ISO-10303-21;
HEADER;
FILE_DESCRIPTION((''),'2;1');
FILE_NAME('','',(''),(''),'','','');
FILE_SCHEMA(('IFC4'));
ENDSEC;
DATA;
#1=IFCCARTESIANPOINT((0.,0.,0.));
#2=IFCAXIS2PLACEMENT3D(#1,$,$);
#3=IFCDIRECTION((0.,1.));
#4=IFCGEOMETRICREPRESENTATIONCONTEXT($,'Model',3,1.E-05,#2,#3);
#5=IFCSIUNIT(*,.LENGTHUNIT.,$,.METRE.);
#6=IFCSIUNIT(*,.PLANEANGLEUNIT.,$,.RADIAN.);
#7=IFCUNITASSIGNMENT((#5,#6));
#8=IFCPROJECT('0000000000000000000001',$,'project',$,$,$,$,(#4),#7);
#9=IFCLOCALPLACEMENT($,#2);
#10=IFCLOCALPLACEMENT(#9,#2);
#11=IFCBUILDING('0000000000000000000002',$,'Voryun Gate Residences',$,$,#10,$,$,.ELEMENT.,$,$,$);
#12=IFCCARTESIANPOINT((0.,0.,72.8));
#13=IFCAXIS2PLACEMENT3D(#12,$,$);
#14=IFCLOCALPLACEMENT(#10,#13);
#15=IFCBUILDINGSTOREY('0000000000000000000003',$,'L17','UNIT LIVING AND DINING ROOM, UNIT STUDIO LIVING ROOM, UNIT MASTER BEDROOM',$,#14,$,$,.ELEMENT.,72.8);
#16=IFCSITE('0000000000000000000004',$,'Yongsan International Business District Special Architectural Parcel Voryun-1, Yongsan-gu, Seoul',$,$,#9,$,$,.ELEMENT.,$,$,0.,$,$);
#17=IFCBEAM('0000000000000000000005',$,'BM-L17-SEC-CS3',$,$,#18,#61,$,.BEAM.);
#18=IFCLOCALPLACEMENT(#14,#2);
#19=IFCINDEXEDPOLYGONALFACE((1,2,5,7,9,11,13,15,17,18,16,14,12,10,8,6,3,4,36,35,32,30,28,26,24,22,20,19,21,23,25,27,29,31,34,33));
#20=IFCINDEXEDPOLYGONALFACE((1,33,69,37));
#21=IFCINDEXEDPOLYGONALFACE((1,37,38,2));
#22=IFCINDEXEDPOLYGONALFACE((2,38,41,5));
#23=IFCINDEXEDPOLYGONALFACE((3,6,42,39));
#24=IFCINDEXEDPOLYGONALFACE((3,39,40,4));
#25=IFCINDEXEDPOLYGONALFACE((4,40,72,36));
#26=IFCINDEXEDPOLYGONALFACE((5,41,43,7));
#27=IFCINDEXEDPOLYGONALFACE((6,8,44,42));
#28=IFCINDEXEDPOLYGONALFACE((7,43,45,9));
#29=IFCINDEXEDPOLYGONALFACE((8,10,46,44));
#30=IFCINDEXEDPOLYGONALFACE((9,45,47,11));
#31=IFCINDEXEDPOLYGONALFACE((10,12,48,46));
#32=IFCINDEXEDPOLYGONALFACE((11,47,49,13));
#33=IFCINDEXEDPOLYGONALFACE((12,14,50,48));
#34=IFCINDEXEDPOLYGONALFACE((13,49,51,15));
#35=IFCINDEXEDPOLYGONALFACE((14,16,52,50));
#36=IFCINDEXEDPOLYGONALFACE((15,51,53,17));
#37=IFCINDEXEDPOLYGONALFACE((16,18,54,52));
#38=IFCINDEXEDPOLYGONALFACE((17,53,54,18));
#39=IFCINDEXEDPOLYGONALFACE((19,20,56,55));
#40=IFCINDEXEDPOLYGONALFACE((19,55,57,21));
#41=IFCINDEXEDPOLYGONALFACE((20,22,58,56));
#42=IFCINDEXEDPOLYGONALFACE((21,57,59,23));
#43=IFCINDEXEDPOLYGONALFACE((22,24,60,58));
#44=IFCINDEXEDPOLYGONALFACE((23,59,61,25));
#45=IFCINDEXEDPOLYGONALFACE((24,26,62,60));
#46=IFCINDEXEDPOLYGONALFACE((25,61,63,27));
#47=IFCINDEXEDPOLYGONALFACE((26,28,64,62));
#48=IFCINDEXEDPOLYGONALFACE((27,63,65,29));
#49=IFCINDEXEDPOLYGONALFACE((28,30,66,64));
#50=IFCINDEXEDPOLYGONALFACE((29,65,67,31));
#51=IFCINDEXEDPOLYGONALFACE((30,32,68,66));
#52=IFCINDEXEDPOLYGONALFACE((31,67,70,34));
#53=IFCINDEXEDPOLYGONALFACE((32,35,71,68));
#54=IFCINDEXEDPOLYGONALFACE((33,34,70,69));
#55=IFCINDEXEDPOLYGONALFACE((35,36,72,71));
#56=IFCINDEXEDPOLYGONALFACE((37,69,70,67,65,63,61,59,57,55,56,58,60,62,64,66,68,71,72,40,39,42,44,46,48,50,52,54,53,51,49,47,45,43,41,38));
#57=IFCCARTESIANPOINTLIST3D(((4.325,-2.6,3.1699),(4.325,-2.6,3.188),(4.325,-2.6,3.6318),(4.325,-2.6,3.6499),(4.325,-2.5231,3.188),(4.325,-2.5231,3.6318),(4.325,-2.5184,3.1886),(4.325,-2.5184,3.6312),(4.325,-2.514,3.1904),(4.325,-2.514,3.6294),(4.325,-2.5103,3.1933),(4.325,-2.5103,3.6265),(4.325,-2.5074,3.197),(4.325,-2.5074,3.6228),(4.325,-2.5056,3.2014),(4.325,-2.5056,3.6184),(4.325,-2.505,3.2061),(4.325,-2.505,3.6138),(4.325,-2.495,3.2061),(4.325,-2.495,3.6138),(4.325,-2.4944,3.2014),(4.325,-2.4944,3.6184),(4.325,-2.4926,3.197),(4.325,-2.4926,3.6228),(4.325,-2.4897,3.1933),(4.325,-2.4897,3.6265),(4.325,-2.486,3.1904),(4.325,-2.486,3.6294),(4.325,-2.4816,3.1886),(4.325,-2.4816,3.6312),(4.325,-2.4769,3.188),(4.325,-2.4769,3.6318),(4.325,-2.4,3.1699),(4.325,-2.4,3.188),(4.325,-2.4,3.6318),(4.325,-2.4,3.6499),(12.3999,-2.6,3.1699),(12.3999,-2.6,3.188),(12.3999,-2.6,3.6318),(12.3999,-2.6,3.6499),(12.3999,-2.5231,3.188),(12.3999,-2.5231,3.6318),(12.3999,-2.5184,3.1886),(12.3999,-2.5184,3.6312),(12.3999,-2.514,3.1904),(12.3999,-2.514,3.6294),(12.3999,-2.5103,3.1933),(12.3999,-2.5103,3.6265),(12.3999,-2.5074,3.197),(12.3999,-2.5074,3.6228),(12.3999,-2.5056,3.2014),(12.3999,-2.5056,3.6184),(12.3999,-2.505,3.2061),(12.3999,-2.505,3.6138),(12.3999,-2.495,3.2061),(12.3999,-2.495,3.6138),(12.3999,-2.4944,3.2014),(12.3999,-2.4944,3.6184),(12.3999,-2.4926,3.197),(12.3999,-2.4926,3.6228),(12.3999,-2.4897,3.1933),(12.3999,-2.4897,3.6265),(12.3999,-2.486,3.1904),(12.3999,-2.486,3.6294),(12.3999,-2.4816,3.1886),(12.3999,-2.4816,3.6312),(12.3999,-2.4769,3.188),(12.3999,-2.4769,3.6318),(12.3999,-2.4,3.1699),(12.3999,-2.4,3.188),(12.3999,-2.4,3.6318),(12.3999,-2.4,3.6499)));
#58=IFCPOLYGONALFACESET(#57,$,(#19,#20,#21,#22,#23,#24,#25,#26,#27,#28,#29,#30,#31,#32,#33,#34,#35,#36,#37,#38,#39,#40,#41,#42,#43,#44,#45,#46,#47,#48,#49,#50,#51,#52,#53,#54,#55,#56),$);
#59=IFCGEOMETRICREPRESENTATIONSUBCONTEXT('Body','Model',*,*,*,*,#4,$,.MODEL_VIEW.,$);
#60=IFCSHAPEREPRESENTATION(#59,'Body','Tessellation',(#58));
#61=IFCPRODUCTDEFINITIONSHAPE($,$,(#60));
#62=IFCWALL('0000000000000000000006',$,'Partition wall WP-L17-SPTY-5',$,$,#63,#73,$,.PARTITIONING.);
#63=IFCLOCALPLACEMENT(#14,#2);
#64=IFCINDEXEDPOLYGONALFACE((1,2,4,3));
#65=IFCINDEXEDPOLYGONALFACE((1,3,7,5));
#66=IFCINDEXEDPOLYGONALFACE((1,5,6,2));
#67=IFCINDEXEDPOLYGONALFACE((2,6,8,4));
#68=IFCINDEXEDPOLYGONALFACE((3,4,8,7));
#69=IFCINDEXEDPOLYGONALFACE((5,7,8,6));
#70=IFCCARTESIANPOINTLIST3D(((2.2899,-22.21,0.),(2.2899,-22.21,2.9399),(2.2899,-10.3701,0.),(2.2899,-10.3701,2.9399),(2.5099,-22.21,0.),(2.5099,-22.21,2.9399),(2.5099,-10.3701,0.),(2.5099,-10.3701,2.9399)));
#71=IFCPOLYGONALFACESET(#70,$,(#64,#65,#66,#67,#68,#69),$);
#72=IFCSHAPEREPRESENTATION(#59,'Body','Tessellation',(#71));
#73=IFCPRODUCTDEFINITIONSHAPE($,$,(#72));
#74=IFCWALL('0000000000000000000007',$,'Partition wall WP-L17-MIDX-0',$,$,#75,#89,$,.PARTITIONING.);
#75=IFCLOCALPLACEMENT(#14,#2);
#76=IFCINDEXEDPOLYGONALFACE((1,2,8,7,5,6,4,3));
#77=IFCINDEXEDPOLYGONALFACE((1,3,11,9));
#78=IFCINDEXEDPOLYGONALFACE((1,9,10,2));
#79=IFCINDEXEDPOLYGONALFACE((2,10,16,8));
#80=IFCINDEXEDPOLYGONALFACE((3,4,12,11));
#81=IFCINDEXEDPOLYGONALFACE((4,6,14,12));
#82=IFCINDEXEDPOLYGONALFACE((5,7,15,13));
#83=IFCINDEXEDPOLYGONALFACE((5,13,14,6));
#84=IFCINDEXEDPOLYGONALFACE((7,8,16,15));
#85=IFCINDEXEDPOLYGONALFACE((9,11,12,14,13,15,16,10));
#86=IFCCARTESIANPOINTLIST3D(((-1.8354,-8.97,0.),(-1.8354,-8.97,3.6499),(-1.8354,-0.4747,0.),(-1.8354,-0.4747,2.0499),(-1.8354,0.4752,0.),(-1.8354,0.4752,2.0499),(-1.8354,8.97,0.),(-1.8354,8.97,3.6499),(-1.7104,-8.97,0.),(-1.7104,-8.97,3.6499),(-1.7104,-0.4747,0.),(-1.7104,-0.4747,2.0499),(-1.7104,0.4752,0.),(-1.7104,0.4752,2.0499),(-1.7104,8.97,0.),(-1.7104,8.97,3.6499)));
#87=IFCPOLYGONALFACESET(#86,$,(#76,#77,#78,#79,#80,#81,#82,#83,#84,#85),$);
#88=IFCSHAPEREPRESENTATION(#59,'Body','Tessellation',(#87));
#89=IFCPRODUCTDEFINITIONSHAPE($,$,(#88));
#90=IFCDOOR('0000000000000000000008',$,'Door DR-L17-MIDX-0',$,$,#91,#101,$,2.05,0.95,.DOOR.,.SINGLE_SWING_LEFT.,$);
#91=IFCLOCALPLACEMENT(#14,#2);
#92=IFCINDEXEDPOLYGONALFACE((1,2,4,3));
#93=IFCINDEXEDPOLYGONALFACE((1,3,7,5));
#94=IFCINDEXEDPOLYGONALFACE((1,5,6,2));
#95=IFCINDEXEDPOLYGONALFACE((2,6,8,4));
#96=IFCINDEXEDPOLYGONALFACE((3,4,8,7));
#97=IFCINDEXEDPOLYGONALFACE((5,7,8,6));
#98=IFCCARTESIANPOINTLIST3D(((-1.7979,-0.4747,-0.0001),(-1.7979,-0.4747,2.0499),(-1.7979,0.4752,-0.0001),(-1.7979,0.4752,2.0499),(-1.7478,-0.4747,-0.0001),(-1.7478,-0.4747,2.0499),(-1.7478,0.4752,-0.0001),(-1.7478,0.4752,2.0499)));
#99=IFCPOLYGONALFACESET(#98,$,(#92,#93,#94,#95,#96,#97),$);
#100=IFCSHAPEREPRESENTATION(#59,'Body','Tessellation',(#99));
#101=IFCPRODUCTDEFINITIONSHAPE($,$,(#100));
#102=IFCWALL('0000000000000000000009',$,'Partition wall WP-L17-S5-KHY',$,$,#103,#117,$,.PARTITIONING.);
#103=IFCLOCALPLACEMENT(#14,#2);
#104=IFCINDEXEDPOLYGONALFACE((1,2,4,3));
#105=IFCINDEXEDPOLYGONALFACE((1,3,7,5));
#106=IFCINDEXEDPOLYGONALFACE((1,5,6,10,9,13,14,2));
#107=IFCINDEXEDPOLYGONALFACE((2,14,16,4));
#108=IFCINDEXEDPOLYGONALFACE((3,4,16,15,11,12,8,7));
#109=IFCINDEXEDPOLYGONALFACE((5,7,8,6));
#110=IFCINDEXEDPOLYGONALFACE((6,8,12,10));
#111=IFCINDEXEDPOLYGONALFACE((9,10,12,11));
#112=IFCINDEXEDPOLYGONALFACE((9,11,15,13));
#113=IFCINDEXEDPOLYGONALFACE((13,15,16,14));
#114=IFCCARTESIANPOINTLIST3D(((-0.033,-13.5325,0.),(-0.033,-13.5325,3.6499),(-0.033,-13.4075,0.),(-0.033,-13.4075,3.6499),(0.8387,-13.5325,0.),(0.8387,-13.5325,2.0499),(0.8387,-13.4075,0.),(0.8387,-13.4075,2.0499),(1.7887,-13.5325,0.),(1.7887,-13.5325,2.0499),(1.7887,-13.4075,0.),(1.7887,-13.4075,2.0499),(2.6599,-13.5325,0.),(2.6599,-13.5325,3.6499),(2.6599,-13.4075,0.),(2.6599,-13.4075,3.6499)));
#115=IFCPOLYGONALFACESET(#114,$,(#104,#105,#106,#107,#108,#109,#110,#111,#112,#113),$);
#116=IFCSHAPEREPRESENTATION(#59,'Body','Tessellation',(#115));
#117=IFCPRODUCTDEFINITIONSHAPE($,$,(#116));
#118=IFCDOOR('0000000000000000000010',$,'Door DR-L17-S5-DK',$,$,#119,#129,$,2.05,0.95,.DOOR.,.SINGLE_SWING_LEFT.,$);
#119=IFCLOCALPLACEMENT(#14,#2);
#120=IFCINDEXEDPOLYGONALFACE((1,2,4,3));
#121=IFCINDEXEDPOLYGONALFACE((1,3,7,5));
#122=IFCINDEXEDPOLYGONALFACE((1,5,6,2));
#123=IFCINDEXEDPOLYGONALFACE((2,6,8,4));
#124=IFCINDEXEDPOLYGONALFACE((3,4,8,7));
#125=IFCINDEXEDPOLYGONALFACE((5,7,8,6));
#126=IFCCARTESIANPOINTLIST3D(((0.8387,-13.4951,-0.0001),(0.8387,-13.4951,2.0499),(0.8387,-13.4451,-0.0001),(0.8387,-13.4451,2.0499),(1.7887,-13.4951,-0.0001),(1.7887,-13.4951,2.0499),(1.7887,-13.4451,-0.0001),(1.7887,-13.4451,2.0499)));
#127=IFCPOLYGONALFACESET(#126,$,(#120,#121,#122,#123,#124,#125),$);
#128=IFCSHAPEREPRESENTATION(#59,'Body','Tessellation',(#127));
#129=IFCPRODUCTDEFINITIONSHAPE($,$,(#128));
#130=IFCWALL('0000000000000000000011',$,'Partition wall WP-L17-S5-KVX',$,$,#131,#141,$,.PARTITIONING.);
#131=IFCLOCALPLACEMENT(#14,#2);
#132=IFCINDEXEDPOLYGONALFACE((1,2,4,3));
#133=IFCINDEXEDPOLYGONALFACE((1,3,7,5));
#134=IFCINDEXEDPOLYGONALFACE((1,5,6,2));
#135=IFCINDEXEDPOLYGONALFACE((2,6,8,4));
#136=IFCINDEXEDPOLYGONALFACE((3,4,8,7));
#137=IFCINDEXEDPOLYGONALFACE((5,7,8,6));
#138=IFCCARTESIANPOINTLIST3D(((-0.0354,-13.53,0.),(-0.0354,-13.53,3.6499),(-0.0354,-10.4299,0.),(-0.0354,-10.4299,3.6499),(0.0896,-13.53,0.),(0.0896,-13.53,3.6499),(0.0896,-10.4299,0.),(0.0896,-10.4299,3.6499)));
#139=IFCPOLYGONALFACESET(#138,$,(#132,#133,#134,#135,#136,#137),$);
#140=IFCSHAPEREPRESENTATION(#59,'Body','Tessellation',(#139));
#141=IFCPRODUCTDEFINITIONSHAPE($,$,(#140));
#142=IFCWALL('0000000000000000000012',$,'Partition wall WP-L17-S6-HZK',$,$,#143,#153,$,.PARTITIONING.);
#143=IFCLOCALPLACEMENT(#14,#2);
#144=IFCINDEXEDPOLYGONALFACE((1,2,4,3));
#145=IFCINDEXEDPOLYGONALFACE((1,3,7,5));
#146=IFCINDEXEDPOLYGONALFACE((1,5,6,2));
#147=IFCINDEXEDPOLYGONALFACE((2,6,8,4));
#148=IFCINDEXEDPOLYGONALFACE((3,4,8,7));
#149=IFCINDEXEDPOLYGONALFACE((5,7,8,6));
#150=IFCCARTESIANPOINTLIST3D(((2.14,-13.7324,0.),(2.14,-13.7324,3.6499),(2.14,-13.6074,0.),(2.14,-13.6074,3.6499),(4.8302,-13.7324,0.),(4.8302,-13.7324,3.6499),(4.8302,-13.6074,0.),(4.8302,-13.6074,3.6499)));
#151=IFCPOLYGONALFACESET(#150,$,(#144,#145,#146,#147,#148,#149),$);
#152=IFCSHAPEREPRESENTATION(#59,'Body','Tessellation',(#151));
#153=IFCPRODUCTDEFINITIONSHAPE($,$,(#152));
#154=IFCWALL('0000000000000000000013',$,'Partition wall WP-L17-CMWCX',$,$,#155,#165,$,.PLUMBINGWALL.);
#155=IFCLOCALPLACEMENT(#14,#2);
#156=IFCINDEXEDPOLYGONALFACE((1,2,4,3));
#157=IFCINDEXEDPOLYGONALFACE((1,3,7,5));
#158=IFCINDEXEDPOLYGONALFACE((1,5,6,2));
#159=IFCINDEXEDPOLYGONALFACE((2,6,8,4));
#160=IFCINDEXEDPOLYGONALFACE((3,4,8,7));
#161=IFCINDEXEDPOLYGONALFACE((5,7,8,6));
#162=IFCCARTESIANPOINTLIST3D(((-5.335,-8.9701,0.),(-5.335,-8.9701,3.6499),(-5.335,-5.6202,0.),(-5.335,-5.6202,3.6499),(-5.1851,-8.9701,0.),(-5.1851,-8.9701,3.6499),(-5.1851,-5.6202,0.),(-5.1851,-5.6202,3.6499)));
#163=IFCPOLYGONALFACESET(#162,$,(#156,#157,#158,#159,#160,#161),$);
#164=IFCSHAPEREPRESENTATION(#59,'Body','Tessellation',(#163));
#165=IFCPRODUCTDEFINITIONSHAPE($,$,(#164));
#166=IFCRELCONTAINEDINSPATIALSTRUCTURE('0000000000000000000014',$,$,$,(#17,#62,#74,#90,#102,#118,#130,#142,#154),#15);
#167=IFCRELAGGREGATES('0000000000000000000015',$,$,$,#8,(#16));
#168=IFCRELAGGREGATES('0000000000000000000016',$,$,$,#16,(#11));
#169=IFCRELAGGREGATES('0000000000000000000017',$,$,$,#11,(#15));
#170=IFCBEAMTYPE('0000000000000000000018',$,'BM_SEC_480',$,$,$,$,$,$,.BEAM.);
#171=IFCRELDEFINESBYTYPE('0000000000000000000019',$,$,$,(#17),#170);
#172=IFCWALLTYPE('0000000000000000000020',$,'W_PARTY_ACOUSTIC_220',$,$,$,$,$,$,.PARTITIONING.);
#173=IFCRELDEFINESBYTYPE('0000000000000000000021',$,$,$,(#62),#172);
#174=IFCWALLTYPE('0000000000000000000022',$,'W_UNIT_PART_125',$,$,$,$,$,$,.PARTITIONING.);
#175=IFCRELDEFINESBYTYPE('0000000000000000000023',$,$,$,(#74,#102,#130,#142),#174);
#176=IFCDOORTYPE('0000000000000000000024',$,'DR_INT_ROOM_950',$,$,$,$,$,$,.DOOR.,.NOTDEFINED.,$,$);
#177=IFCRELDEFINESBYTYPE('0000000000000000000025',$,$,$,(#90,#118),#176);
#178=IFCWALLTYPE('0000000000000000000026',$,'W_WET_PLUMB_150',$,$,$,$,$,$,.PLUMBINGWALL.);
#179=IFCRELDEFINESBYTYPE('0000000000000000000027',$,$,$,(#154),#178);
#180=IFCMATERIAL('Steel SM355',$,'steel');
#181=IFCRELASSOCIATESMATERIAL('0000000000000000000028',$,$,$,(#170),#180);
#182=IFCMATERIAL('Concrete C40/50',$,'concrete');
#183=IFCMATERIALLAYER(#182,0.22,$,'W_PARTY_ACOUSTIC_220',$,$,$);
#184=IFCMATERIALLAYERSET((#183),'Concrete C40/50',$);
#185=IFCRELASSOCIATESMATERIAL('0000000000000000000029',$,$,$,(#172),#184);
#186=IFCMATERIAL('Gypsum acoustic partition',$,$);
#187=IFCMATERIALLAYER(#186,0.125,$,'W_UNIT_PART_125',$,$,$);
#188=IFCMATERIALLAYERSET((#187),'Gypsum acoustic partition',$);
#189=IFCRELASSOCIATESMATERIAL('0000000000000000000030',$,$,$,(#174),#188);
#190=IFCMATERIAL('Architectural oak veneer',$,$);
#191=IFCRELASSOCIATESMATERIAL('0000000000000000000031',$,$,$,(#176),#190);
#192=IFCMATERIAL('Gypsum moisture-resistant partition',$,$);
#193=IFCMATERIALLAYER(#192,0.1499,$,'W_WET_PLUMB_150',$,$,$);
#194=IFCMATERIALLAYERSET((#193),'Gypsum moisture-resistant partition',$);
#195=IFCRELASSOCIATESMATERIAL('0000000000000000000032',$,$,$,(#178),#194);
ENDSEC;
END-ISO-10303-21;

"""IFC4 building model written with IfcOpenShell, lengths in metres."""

from ifc_helpers import new_model, si_unit, direction, frame, frame_2d, origin, origin_2d, place, context, subcontext, project, spatial, rectangle, i_section, extrude, material, layer, layer_set, material_profile, profile_set, type_object, element, fill, save


model = new_model("IFC4")

# Units and contexts
model_context = context("Model", 3, precision=1e-05, world=origin(), true_north=direction((0.0, 1.0)))
body_context = subcontext(model_context, "Body", "Model", "MODEL_VIEW")
ifc_project = project(units=[si_unit("LENGTHUNIT", "METRE"), si_unit("PLANEANGLEUNIT", "RADIAN")], contexts=[model_context])

# Site, building, storey
site_placement = place(None, origin())
site = spatial("IfcSite", under=ifc_project, at=site_placement, Name="Yongsan International Business District Special Architectural Parcel Voryun-1, Yongsan-gu, Seoul", CompositionType="ELEMENT", RefElevation=0.0)
building_placement = place(site_placement, origin())
building = spatial("IfcBuilding", under=site, at=building_placement, Name="Voryun Gate Residences", CompositionType="ELEMENT")
storey_placement = place(building_placement, frame((0.0, 0.0, 72.8)))
storey = spatial("IfcBuildingStorey", under=building, at=storey_placement, Name="L17", Description="UNIT LIVING AND DINING ROOM, UNIT STUDIO LIVING ROOM, UNIT MASTER BEDROOM", CompositionType="ELEMENT", Elevation=72.8)

# Beam
ifc_material_1 = material(Name="Steel SM355", Category="steel")
ifc_material_profile_1 = material_profile(ifc_material_1, i_section(OverallWidth=0.2, OverallDepth=0.48, WebThickness=0.01, FlangeThickness=0.0181, FilletRadius=0.0181, at=origin_2d()), Name="H-480x200x10x18")
ifc_profile_set_1 = profile_set([ifc_material_profile_1], Name="Steel SM355")
beam_type_1 = type_object("IfcBeamType", Name="BM_SEC_480", PredefinedType="BEAM", material=ifc_profile_set_1)
beam_1_placement = place(storey_placement, frame((4.325, -2.5, 3.4099), z_axis=(1.0, 0.0, 0.0), x_axis=(0.0, 1.0, 0.0)))
element("IfcBeam", 1, at=beam_1_placement, inside=storey, type_object=beam_type_1, Name="BM-L17-SEC-CS3", PredefinedType="BEAM", context=body_context, shape_type="SweptSolid", body=[
    extrude(i_section(OverallWidth=0.2, OverallDepth=0.48, WebThickness=0.01, FlangeThickness=0.0181, FilletRadius=0.0181, at=origin_2d()), origin(), (0.0, 0.0, 1.0), 8.075),
])

# Wall
ifc_material_2 = material(Name="Concrete C40/50", Category="concrete")
ifc_layer_1 = layer(ifc_material_2, 0.22, Name="W_PARTY_ACOUSTIC_220")
ifc_layer_set_1 = layer_set([ifc_layer_1], Name="Concrete C40/50")
wall_type_1 = type_object("IfcWallType", Name="W_PARTY_ACOUSTIC_220", PredefinedType="PARTITIONING", material=ifc_layer_set_1)
wall_1_placement = place(storey_placement, frame((2.3999, -22.21, 0.0), z_axis=(0.0, 0.0, 1.0), x_axis=(0.0, 1.0, 0.0)))
element("IfcWall", 2, at=wall_1_placement, inside=storey, type_object=wall_type_1, Name="Partition wall WP-L17-SPTY-5", PredefinedType="PARTITIONING", context=body_context, shape_type="SweptSolid", body=[
    extrude(rectangle(XDim=11.8398, YDim=0.22, at=frame_2d((5.9199, 0.0))), origin(), (0.0, 0.0, 1.0), 2.9399),
])

# Walls, openings, doors
ifc_material_3 = material(Name="Gypsum acoustic partition")
ifc_layer_2 = layer(ifc_material_3, 0.125, Name="W_UNIT_PART_125")
ifc_layer_set_2 = layer_set([ifc_layer_2], Name="Gypsum acoustic partition")
wall_type_2 = type_object("IfcWallType", Name="W_UNIT_PART_125", PredefinedType="PARTITIONING", material=ifc_layer_set_2)
wall_2_placement = place(storey_placement, frame((-1.7729, -8.97, 0.0), z_axis=(0.0, 0.0, 1.0), x_axis=(0.0, 1.0, 0.0)))
wall_2 = element("IfcWall", 3, at=wall_2_placement, inside=storey, type_object=wall_type_2, Name="Partition wall WP-L17-MIDX-0", PredefinedType="PARTITIONING", context=body_context, shape_type="SweptSolid", body=[
    extrude(rectangle(XDim=17.9399, YDim=0.125, at=frame_2d((8.97, 0.0))), origin(), (0.0, 0.0, 1.0), 3.6499),
])
opening_1_placement = place(wall_2_placement, frame((8.4951, 0.0, 0.0)))
opening_1 = element("IfcOpeningElement", 4, at=opening_1_placement, cuts=wall_2, PredefinedType="OPENING", context=body_context, shape_type="SweptSolid", body=[
    extrude(rectangle(XDim=0.95, YDim=2.05, at=frame_2d((0.4751, 1.0249))), frame((0.0, 0.0725, 0.0), z_axis=(0.0, -1.0, 0.0), x_axis=(1.0, 0.0, 0.0)), (0.0, 0.0, 1.0), 0.145),
])
ifc_material_4 = material(Name="Architectural oak veneer")
door_type_1 = type_object("IfcDoorType", Name="DR_INT_ROOM_950", OperationType="NOTDEFINED", PredefinedType="DOOR", material=ifc_material_4)
door_1_placement = place(opening_1_placement, origin())
door_1 = element("IfcDoor", 5, at=door_1_placement, inside=storey, type_object=door_type_1, Name="Door DR-L17-MIDX-0", OperationType="SINGLE_SWING_LEFT", OverallHeight=2.05, OverallWidth=0.95, PredefinedType="DOOR", context=body_context, shape_type="SweptSolid", body=[
    extrude(rectangle(XDim=0.95, YDim=2.05, at=frame_2d((0.4751, 1.0249))), frame((0.0, 0.0249, 0.0), z_axis=(0.0, -1.0, 0.0), x_axis=(1.0, 0.0, 0.0)), (0.0, 0.0, 1.0), 0.05),
])
fill(opening_1, door_1)
wall_3_placement = place(storey_placement, frame((-0.033, -13.47, 0.0), z_axis=(0.0, 0.0, 1.0), x_axis=(1.0, 0.0, 0.0)))
wall_3 = element("IfcWall", 6, at=wall_3_placement, inside=storey, type_object=wall_type_2, Name="Partition wall WP-L17-S5-KHY", PredefinedType="PARTITIONING", context=body_context, shape_type="SweptSolid", body=[
    extrude(rectangle(XDim=2.6929, YDim=0.125, at=frame_2d((1.3464, 0.0))), origin(), (0.0, 0.0, 1.0), 3.6499),
])
opening_2_placement = place(wall_3_placement, frame((0.8716, 0.0, 0.0)))
opening_2 = element("IfcOpeningElement", 7, at=opening_2_placement, cuts=wall_3, PredefinedType="OPENING", context=body_context, shape_type="SweptSolid", body=[
    extrude(rectangle(XDim=0.95, YDim=2.05, at=frame_2d((0.4751, 1.0249))), frame((0.0, 0.0725, 0.0), z_axis=(0.0, -1.0, 0.0), x_axis=(1.0, 0.0, 0.0)), (0.0, 0.0, 1.0), 0.145),
])
door_2_placement = place(opening_2_placement, origin())
door_2 = element("IfcDoor", 8, at=door_2_placement, inside=storey, type_object=door_type_1, Name="Door DR-L17-S5-DK", OperationType="SINGLE_SWING_LEFT", OverallHeight=2.05, OverallWidth=0.95, PredefinedType="DOOR", context=body_context, shape_type="SweptSolid", body=[
    extrude(rectangle(XDim=0.95, YDim=2.05, at=frame_2d((0.4751, 1.0249))), frame((0.0, 0.0249, 0.0), z_axis=(0.0, -1.0, 0.0), x_axis=(1.0, 0.0, 0.0)), (0.0, 0.0, 1.0), 0.05),
])
fill(opening_2, door_2)

# Walls
wall_4_placement = place(storey_placement, frame((0.0271, -13.53, 0.0), z_axis=(0.0, 0.0, 1.0), x_axis=(0.0, 1.0, 0.0)))
element("IfcWall", 9, at=wall_4_placement, inside=storey, type_object=wall_type_2, Name="Partition wall WP-L17-S5-KVX", PredefinedType="PARTITIONING", context=body_context, shape_type="SweptSolid", body=[
    extrude(rectangle(XDim=3.1001, YDim=0.125, at=frame_2d((1.55, 0.0))), origin(), (0.0, 0.0, 1.0), 3.6499),
])
wall_5_placement = place(storey_placement, frame((2.1399, -13.6699, 0.0), z_axis=(0.0, 0.0, 1.0), x_axis=(1.0, 0.0, 0.0)))
element("IfcWall", 10, at=wall_5_placement, inside=storey, type_object=wall_type_2, Name="Partition wall WP-L17-S6-HZK", PredefinedType="PARTITIONING", context=body_context, shape_type="SweptSolid", body=[
    extrude(rectangle(XDim=2.6902, YDim=0.125, at=frame_2d((1.3452, 0.0))), origin(), (0.0, 0.0, 1.0), 3.6499),
])
ifc_material_5 = material(Name="Gypsum moisture-resistant partition")
ifc_layer_3 = layer(ifc_material_5, 0.1499, Name="W_WET_PLUMB_150")
ifc_layer_set_3 = layer_set([ifc_layer_3], Name="Gypsum moisture-resistant partition")
wall_type_3 = type_object("IfcWallType", Name="W_WET_PLUMB_150", PredefinedType="PLUMBINGWALL", material=ifc_layer_set_3)
wall_6_placement = place(storey_placement, frame((-5.26, -8.97, 0.0), z_axis=(0.0, 0.0, 1.0), x_axis=(0.0, 1.0, 0.0)))
element("IfcWall", 11, at=wall_6_placement, inside=storey, type_object=wall_type_3, Name="Partition wall WP-L17-CMWCX", PredefinedType="PLUMBINGWALL", context=body_context, shape_type="SweptSolid", body=[
    extrude(rectangle(XDim=3.3499, YDim=0.1499, at=frame_2d((1.6748, 0.0))), origin(), (0.0, 0.0, 1.0), 3.6499),
])

save(model, "model.ifc")
